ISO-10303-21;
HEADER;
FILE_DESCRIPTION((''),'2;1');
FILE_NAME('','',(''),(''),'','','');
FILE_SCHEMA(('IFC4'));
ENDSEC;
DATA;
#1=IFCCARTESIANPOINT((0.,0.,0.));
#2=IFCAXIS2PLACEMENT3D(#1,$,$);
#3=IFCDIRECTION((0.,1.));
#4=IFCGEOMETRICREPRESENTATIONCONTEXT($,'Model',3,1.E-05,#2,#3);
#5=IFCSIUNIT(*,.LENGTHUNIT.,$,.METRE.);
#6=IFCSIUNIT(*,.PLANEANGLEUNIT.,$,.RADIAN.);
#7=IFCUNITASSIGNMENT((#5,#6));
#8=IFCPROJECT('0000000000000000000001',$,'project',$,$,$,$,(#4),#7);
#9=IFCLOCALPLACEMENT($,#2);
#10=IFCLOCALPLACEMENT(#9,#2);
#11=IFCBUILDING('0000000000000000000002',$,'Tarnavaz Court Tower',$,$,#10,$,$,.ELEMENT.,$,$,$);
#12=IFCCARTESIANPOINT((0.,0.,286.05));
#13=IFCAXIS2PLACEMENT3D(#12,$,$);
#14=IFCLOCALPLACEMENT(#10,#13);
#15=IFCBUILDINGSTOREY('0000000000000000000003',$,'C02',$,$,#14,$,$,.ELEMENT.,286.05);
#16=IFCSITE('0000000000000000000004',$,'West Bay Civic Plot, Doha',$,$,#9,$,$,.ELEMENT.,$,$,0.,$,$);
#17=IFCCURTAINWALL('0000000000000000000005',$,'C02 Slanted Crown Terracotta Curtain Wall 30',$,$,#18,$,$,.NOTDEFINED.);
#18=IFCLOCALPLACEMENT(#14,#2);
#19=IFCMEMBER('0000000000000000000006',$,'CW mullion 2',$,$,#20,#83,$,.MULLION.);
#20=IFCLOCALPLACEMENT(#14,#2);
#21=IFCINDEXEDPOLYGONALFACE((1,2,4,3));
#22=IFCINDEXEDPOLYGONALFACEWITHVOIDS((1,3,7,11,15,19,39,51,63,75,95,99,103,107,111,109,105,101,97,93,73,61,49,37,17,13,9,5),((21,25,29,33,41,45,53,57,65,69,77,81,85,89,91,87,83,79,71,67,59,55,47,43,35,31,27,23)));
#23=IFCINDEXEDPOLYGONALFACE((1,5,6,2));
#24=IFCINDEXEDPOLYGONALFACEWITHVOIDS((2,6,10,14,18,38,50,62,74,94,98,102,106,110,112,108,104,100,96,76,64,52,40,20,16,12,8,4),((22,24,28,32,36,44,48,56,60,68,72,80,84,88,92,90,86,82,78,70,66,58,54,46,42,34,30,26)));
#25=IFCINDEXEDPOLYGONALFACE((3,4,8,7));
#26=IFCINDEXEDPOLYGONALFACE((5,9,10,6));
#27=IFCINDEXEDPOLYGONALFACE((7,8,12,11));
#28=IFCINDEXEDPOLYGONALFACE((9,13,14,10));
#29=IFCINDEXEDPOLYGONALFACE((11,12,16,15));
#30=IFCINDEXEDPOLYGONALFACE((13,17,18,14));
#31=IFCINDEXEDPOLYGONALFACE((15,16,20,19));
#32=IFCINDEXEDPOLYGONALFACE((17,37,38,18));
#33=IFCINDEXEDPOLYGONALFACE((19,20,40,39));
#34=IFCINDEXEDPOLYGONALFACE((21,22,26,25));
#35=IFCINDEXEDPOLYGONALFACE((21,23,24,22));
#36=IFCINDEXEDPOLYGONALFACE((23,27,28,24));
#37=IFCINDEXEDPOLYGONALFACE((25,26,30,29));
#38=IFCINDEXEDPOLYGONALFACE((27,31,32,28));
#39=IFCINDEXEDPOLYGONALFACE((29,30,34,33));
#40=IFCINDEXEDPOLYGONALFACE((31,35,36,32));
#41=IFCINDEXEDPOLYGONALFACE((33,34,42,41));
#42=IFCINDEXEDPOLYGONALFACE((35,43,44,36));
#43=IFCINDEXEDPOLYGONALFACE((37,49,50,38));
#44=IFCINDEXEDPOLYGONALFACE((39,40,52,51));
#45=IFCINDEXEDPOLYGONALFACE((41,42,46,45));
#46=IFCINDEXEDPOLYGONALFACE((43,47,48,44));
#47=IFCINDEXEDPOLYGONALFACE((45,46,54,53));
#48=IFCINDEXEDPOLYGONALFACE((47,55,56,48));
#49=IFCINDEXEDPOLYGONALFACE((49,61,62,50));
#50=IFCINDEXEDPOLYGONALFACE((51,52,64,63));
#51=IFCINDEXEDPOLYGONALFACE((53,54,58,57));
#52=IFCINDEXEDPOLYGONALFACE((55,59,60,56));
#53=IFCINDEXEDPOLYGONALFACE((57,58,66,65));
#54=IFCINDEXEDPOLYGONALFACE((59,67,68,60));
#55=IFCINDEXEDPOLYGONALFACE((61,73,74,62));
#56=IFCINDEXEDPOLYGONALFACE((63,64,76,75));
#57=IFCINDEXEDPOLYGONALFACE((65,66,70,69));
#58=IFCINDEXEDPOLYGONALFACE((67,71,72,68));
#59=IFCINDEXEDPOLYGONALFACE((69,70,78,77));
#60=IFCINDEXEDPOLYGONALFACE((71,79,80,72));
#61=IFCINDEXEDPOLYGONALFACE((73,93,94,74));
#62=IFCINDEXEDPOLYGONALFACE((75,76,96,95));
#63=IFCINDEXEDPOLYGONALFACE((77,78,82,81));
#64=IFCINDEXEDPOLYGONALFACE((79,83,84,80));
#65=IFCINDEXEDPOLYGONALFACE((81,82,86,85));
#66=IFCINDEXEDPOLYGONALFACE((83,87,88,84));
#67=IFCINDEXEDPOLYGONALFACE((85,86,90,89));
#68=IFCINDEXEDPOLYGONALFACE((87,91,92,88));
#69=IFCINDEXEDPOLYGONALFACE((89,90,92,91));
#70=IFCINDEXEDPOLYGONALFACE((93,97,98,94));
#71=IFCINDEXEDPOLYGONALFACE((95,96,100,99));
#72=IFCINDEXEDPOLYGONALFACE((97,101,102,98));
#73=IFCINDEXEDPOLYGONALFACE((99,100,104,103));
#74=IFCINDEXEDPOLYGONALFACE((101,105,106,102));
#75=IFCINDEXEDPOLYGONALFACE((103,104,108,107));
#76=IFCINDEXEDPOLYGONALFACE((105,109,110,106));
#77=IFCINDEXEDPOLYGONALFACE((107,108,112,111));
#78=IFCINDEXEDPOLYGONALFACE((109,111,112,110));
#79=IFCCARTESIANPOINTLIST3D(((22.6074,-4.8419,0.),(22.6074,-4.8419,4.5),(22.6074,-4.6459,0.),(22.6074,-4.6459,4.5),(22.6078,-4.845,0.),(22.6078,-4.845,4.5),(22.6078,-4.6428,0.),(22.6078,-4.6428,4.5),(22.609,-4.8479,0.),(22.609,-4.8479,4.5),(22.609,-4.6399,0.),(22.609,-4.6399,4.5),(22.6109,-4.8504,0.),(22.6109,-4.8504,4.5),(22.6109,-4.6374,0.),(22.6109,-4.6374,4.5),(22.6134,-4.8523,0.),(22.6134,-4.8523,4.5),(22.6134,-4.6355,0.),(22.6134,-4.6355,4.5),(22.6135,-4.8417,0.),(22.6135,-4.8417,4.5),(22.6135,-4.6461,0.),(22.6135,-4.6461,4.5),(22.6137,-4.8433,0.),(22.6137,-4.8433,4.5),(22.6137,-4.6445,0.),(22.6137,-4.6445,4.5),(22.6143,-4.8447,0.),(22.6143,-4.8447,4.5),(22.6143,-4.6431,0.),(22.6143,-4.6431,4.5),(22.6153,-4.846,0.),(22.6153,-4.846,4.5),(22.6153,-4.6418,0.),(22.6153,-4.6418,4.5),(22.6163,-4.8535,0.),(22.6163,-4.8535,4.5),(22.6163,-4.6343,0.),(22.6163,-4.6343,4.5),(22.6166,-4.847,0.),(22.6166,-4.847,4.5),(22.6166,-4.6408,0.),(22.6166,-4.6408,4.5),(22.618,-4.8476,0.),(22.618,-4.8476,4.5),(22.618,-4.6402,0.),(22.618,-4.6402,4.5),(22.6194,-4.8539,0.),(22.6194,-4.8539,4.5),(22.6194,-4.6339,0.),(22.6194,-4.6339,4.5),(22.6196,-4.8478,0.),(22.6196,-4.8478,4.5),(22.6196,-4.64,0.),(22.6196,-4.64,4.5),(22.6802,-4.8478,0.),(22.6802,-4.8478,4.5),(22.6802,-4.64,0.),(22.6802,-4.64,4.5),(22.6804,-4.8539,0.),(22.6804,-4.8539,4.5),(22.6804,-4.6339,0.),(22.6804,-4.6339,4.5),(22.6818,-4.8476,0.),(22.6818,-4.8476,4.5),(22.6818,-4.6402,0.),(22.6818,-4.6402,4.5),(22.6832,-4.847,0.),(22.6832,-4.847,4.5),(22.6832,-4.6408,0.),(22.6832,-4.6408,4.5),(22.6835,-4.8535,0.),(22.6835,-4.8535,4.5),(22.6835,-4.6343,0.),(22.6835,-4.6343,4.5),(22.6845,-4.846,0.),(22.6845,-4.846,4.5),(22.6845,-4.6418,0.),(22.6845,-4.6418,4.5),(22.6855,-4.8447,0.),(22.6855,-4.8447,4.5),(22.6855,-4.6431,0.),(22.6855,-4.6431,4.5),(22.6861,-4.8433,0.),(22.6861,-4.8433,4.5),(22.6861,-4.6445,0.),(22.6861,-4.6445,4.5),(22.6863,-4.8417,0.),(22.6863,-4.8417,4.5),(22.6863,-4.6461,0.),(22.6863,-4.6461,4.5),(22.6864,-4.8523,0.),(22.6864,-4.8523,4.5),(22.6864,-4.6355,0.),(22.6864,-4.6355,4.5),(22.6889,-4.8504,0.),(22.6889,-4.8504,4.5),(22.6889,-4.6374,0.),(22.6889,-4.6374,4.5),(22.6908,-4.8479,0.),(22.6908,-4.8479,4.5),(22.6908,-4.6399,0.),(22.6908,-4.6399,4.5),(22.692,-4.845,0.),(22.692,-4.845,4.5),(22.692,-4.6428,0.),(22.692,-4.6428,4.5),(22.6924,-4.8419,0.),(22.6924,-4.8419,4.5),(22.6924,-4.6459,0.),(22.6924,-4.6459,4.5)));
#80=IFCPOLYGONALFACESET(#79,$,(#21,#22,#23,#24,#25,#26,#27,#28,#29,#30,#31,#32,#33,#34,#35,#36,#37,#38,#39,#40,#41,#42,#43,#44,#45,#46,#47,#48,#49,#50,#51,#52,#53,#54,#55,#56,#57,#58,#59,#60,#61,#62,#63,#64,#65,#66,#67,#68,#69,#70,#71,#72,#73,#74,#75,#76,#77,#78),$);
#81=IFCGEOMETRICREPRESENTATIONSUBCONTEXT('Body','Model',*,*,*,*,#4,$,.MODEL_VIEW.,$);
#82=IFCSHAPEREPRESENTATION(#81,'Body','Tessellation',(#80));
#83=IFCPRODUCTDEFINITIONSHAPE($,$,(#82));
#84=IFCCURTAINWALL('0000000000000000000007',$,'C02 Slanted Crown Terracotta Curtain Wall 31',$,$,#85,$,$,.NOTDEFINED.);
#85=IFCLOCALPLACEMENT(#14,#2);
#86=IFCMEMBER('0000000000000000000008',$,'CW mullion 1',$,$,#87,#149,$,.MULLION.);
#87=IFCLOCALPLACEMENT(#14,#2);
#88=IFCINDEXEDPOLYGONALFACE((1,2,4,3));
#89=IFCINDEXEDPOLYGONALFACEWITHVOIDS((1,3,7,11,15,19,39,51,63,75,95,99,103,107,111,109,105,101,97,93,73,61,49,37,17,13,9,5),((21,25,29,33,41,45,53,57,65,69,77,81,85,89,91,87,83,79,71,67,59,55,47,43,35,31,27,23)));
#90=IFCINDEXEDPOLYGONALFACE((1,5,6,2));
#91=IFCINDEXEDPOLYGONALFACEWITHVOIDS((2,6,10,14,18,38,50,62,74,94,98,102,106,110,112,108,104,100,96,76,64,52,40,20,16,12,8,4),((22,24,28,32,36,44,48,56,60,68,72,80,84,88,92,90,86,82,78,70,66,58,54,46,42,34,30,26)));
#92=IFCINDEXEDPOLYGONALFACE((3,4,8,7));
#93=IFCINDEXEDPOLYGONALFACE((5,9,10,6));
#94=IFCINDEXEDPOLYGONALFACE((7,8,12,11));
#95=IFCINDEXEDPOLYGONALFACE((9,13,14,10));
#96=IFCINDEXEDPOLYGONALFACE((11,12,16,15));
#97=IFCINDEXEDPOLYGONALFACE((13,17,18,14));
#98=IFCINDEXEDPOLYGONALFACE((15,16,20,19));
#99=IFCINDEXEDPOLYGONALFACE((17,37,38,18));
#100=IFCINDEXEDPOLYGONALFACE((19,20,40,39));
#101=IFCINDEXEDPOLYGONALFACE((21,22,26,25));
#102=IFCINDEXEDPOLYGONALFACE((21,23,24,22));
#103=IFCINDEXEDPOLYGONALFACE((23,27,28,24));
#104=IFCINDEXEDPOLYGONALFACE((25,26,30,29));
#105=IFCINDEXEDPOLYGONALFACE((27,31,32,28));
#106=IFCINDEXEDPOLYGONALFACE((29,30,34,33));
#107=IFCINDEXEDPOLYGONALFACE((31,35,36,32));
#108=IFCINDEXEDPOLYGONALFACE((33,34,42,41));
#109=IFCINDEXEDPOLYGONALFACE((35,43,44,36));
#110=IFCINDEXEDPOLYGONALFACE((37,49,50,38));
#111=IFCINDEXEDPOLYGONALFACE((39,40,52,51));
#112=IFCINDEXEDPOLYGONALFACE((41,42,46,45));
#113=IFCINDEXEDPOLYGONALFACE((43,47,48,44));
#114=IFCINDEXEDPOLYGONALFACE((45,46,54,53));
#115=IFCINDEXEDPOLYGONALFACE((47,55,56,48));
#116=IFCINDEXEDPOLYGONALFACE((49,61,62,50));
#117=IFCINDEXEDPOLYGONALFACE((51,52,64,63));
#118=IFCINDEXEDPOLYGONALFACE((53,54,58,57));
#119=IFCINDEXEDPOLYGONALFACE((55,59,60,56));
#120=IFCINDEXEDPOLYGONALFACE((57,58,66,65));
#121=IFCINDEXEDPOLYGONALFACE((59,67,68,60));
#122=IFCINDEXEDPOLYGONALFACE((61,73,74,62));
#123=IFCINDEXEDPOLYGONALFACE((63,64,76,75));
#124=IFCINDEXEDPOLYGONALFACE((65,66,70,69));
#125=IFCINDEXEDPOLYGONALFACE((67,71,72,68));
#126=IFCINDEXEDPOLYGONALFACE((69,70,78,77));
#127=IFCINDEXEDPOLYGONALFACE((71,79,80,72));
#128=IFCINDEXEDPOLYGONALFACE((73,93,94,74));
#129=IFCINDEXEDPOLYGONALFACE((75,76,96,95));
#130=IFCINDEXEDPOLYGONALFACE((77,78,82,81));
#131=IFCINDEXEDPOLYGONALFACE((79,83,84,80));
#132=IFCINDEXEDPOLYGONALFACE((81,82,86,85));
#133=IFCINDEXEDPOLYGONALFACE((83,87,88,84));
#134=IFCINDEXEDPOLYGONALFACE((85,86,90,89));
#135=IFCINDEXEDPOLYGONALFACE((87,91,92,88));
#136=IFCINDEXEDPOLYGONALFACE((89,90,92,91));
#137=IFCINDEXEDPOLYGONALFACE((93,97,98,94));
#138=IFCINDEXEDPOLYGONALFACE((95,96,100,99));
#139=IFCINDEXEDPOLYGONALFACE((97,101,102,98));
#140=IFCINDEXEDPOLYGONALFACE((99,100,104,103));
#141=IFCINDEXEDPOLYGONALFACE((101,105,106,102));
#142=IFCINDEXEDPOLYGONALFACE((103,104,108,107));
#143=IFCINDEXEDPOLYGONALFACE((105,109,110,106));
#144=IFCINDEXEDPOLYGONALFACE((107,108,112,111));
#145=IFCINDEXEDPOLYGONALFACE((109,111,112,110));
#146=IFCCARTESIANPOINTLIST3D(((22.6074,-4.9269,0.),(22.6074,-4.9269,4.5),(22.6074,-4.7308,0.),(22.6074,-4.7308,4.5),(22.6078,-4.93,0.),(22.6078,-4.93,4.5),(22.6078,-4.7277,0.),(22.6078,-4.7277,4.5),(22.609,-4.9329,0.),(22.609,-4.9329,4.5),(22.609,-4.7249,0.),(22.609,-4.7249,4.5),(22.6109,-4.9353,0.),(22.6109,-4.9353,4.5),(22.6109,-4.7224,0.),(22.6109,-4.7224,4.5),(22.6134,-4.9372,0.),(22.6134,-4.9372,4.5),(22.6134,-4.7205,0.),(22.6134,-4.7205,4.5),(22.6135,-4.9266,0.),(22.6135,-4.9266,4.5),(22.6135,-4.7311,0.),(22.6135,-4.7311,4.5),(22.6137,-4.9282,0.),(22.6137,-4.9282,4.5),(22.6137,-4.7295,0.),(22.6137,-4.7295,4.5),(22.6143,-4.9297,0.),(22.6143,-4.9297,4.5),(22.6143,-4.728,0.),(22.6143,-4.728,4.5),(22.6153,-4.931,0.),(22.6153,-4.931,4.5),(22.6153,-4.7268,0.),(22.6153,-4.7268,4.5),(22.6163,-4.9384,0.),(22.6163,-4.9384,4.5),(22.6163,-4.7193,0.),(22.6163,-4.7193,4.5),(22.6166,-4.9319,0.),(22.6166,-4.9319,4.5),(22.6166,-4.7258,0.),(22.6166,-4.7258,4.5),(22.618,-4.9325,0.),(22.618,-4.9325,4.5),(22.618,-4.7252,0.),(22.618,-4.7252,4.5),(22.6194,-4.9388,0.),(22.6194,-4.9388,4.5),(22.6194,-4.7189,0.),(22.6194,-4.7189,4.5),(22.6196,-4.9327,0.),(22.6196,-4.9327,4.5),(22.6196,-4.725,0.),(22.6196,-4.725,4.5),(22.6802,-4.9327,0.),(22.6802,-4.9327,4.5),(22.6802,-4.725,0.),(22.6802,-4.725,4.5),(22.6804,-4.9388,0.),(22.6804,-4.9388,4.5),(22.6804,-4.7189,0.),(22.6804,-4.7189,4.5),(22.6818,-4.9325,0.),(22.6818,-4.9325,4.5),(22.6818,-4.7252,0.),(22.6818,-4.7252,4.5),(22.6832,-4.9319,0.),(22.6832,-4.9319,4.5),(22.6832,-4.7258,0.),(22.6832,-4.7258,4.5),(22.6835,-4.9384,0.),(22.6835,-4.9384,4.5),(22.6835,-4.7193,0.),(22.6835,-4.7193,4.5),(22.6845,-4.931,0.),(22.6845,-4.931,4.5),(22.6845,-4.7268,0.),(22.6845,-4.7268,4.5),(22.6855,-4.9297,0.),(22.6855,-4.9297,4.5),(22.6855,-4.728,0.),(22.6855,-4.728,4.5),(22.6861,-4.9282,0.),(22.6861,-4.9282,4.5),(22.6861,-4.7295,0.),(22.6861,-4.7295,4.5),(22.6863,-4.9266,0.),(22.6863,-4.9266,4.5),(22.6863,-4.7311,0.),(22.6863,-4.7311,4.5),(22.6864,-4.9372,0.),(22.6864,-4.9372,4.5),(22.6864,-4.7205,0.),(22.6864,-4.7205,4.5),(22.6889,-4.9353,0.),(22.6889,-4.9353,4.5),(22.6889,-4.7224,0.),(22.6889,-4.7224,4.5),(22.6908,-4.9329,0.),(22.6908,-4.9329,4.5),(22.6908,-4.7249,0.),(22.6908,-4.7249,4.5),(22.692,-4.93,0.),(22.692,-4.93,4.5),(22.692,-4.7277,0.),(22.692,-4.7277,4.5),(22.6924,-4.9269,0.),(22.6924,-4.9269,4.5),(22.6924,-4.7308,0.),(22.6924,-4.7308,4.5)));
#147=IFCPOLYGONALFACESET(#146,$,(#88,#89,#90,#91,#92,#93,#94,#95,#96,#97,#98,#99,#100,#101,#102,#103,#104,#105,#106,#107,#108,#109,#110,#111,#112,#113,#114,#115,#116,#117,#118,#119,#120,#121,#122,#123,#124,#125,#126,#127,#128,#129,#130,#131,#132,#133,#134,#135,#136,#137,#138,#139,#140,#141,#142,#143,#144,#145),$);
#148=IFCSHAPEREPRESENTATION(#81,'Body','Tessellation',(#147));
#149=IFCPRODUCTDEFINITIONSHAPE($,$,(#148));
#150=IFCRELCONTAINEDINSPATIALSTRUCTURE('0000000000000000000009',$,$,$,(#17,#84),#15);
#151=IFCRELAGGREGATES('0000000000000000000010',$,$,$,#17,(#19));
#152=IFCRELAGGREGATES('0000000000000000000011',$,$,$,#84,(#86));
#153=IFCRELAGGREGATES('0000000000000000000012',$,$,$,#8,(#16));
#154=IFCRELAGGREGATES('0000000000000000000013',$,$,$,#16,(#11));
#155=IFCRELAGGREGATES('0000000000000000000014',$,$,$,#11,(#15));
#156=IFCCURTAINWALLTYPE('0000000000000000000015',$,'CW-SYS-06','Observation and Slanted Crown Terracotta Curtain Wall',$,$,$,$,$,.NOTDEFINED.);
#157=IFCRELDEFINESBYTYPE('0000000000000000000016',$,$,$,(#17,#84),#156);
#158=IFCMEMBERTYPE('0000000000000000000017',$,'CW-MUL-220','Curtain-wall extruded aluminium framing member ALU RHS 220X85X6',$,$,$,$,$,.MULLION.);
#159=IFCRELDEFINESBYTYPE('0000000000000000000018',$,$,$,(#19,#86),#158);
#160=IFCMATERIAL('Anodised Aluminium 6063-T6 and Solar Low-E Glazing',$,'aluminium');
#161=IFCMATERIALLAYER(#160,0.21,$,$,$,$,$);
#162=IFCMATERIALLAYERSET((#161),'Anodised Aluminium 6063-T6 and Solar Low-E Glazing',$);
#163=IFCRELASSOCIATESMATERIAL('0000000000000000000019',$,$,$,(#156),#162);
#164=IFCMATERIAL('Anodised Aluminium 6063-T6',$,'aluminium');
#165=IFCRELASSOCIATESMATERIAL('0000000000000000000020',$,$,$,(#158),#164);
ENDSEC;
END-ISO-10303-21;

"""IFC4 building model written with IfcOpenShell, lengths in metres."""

from ifc_helpers import new_model, si_unit, direction, frame, origin, origin_2d, place, context, subcontext, project, spatial, hollow_rectangle, extrude, material, layer, layer_set, material_profile, profile_set, type_object, element, aggregate, save


model = new_model("IFC4")

# Units and contexts
model_context = context("Model", 3, precision=1e-05, world=origin(), true_north=direction((0.0, 1.0)))
body_context = subcontext(model_context, "Body", "Model", "MODEL_VIEW")
ifc_project = project(units=[si_unit("LENGTHUNIT", "METRE"), si_unit("PLANEANGLEUNIT", "RADIAN")], contexts=[model_context])

# Site, building, storey
site_placement = place(None, origin())
site = spatial("IfcSite", under=ifc_project, at=site_placement, Name="West Bay Civic Plot, Doha", CompositionType="ELEMENT", RefElevation=0.0)
building_placement = place(site_placement, origin())
building = spatial("IfcBuilding", under=site, at=building_placement, Name="Tarnavaz Court Tower", CompositionType="ELEMENT")
storey_placement = place(building_placement, frame((0.0, 0.0, 286.05)))
storey = spatial("IfcBuildingStorey", under=building, at=storey_placement, Name="C02", CompositionType="ELEMENT", Elevation=286.05)

# Shared definitions
ifc_material_1 = material(Name="Anodised Aluminium 6063-T6 and Solar Low-E Glazing", Category="aluminium")
ifc_layer_1 = layer(ifc_material_1, 0.21)
ifc_layer_set_1 = layer_set([ifc_layer_1], Name="Anodised Aluminium 6063-T6 and Solar Low-E Glazing")
curtain_wall_type = type_object("IfcCurtainWallType", Name="CW-SYS-06", Description="Observation and Slanted Crown Terracotta Curtain Wall", PredefinedType="NOTDEFINED", material=ifc_layer_set_1)
ifc_material_2 = material(Name="Anodised Aluminium 6063-T6", Category="aluminium")
ifc_material_profile_1 = material_profile(ifc_material_2, hollow_rectangle(XDim=0.085, YDim=0.22, WallThickness=0.0061, InnerFilletRadius=0.0061, OuterFilletRadius=0.012, at=origin_2d()), Name="ALU RHS 220X85X6")
ifc_profile_set_1 = profile_set([ifc_material_profile_1], Name="Anodised Aluminium 6063-T6")
member_type_1 = type_object("IfcMemberType", Name="CW-MUL-220", Description="Curtain-wall extruded aluminium framing member ALU RHS 220X85X6", PredefinedType="MULLION", material=ifc_profile_set_1)

# Curtain walls, members
curtain_wall_1_placement = place(storey_placement, origin())
curtain_wall_1 = element("IfcCurtainWall", 1, at=curtain_wall_1_placement, inside=storey, type_object=curtain_wall_type, Name="C02 Slanted Crown Terracotta Curtain Wall 30", PredefinedType="NOTDEFINED")
member_1_placement = place(storey_placement, frame((22.6499, -4.7439, 0.0), z_axis=(0.0, 0.0, 1.0), x_axis=(1.0, 0.0, 0.0)))
member_1 = element("IfcMember", 2, at=member_1_placement, type_object=member_type_1, Name="CW mullion 2", PredefinedType="MULLION", context=body_context, shape_type="SweptSolid", body=[
    extrude(hollow_rectangle(XDim=0.085, YDim=0.22, WallThickness=0.0061, InnerFilletRadius=0.0061, OuterFilletRadius=0.012, at=origin_2d()), origin(), (0.0, 0.0, 1.0), 4.5),
])
curtain_wall_2_placement = place(storey_placement, origin())
curtain_wall_2 = element("IfcCurtainWall", 3, at=curtain_wall_2_placement, inside=storey, type_object=curtain_wall_type, Name="C02 Slanted Crown Terracotta Curtain Wall 31", PredefinedType="NOTDEFINED")
member_2_placement = place(storey_placement, frame((22.6499, -4.8289, 0.0), z_axis=(0.0, 0.0, 1.0), x_axis=(1.0, 0.0, 0.0)))
member_2 = element("IfcMember", 4, at=member_2_placement, type_object=member_type_1, Name="CW mullion 1", PredefinedType="MULLION", context=body_context, shape_type="SweptSolid", body=[
    extrude(hollow_rectangle(XDim=0.085, YDim=0.22, WallThickness=0.0061, InnerFilletRadius=0.0061, OuterFilletRadius=0.012, at=origin_2d()), origin(), (0.0, 0.0, 1.0), 4.5),
])

aggregate(curtain_wall_1, [member_1])
aggregate(curtain_wall_2, [member_2])

save(model, "model.ifc")
